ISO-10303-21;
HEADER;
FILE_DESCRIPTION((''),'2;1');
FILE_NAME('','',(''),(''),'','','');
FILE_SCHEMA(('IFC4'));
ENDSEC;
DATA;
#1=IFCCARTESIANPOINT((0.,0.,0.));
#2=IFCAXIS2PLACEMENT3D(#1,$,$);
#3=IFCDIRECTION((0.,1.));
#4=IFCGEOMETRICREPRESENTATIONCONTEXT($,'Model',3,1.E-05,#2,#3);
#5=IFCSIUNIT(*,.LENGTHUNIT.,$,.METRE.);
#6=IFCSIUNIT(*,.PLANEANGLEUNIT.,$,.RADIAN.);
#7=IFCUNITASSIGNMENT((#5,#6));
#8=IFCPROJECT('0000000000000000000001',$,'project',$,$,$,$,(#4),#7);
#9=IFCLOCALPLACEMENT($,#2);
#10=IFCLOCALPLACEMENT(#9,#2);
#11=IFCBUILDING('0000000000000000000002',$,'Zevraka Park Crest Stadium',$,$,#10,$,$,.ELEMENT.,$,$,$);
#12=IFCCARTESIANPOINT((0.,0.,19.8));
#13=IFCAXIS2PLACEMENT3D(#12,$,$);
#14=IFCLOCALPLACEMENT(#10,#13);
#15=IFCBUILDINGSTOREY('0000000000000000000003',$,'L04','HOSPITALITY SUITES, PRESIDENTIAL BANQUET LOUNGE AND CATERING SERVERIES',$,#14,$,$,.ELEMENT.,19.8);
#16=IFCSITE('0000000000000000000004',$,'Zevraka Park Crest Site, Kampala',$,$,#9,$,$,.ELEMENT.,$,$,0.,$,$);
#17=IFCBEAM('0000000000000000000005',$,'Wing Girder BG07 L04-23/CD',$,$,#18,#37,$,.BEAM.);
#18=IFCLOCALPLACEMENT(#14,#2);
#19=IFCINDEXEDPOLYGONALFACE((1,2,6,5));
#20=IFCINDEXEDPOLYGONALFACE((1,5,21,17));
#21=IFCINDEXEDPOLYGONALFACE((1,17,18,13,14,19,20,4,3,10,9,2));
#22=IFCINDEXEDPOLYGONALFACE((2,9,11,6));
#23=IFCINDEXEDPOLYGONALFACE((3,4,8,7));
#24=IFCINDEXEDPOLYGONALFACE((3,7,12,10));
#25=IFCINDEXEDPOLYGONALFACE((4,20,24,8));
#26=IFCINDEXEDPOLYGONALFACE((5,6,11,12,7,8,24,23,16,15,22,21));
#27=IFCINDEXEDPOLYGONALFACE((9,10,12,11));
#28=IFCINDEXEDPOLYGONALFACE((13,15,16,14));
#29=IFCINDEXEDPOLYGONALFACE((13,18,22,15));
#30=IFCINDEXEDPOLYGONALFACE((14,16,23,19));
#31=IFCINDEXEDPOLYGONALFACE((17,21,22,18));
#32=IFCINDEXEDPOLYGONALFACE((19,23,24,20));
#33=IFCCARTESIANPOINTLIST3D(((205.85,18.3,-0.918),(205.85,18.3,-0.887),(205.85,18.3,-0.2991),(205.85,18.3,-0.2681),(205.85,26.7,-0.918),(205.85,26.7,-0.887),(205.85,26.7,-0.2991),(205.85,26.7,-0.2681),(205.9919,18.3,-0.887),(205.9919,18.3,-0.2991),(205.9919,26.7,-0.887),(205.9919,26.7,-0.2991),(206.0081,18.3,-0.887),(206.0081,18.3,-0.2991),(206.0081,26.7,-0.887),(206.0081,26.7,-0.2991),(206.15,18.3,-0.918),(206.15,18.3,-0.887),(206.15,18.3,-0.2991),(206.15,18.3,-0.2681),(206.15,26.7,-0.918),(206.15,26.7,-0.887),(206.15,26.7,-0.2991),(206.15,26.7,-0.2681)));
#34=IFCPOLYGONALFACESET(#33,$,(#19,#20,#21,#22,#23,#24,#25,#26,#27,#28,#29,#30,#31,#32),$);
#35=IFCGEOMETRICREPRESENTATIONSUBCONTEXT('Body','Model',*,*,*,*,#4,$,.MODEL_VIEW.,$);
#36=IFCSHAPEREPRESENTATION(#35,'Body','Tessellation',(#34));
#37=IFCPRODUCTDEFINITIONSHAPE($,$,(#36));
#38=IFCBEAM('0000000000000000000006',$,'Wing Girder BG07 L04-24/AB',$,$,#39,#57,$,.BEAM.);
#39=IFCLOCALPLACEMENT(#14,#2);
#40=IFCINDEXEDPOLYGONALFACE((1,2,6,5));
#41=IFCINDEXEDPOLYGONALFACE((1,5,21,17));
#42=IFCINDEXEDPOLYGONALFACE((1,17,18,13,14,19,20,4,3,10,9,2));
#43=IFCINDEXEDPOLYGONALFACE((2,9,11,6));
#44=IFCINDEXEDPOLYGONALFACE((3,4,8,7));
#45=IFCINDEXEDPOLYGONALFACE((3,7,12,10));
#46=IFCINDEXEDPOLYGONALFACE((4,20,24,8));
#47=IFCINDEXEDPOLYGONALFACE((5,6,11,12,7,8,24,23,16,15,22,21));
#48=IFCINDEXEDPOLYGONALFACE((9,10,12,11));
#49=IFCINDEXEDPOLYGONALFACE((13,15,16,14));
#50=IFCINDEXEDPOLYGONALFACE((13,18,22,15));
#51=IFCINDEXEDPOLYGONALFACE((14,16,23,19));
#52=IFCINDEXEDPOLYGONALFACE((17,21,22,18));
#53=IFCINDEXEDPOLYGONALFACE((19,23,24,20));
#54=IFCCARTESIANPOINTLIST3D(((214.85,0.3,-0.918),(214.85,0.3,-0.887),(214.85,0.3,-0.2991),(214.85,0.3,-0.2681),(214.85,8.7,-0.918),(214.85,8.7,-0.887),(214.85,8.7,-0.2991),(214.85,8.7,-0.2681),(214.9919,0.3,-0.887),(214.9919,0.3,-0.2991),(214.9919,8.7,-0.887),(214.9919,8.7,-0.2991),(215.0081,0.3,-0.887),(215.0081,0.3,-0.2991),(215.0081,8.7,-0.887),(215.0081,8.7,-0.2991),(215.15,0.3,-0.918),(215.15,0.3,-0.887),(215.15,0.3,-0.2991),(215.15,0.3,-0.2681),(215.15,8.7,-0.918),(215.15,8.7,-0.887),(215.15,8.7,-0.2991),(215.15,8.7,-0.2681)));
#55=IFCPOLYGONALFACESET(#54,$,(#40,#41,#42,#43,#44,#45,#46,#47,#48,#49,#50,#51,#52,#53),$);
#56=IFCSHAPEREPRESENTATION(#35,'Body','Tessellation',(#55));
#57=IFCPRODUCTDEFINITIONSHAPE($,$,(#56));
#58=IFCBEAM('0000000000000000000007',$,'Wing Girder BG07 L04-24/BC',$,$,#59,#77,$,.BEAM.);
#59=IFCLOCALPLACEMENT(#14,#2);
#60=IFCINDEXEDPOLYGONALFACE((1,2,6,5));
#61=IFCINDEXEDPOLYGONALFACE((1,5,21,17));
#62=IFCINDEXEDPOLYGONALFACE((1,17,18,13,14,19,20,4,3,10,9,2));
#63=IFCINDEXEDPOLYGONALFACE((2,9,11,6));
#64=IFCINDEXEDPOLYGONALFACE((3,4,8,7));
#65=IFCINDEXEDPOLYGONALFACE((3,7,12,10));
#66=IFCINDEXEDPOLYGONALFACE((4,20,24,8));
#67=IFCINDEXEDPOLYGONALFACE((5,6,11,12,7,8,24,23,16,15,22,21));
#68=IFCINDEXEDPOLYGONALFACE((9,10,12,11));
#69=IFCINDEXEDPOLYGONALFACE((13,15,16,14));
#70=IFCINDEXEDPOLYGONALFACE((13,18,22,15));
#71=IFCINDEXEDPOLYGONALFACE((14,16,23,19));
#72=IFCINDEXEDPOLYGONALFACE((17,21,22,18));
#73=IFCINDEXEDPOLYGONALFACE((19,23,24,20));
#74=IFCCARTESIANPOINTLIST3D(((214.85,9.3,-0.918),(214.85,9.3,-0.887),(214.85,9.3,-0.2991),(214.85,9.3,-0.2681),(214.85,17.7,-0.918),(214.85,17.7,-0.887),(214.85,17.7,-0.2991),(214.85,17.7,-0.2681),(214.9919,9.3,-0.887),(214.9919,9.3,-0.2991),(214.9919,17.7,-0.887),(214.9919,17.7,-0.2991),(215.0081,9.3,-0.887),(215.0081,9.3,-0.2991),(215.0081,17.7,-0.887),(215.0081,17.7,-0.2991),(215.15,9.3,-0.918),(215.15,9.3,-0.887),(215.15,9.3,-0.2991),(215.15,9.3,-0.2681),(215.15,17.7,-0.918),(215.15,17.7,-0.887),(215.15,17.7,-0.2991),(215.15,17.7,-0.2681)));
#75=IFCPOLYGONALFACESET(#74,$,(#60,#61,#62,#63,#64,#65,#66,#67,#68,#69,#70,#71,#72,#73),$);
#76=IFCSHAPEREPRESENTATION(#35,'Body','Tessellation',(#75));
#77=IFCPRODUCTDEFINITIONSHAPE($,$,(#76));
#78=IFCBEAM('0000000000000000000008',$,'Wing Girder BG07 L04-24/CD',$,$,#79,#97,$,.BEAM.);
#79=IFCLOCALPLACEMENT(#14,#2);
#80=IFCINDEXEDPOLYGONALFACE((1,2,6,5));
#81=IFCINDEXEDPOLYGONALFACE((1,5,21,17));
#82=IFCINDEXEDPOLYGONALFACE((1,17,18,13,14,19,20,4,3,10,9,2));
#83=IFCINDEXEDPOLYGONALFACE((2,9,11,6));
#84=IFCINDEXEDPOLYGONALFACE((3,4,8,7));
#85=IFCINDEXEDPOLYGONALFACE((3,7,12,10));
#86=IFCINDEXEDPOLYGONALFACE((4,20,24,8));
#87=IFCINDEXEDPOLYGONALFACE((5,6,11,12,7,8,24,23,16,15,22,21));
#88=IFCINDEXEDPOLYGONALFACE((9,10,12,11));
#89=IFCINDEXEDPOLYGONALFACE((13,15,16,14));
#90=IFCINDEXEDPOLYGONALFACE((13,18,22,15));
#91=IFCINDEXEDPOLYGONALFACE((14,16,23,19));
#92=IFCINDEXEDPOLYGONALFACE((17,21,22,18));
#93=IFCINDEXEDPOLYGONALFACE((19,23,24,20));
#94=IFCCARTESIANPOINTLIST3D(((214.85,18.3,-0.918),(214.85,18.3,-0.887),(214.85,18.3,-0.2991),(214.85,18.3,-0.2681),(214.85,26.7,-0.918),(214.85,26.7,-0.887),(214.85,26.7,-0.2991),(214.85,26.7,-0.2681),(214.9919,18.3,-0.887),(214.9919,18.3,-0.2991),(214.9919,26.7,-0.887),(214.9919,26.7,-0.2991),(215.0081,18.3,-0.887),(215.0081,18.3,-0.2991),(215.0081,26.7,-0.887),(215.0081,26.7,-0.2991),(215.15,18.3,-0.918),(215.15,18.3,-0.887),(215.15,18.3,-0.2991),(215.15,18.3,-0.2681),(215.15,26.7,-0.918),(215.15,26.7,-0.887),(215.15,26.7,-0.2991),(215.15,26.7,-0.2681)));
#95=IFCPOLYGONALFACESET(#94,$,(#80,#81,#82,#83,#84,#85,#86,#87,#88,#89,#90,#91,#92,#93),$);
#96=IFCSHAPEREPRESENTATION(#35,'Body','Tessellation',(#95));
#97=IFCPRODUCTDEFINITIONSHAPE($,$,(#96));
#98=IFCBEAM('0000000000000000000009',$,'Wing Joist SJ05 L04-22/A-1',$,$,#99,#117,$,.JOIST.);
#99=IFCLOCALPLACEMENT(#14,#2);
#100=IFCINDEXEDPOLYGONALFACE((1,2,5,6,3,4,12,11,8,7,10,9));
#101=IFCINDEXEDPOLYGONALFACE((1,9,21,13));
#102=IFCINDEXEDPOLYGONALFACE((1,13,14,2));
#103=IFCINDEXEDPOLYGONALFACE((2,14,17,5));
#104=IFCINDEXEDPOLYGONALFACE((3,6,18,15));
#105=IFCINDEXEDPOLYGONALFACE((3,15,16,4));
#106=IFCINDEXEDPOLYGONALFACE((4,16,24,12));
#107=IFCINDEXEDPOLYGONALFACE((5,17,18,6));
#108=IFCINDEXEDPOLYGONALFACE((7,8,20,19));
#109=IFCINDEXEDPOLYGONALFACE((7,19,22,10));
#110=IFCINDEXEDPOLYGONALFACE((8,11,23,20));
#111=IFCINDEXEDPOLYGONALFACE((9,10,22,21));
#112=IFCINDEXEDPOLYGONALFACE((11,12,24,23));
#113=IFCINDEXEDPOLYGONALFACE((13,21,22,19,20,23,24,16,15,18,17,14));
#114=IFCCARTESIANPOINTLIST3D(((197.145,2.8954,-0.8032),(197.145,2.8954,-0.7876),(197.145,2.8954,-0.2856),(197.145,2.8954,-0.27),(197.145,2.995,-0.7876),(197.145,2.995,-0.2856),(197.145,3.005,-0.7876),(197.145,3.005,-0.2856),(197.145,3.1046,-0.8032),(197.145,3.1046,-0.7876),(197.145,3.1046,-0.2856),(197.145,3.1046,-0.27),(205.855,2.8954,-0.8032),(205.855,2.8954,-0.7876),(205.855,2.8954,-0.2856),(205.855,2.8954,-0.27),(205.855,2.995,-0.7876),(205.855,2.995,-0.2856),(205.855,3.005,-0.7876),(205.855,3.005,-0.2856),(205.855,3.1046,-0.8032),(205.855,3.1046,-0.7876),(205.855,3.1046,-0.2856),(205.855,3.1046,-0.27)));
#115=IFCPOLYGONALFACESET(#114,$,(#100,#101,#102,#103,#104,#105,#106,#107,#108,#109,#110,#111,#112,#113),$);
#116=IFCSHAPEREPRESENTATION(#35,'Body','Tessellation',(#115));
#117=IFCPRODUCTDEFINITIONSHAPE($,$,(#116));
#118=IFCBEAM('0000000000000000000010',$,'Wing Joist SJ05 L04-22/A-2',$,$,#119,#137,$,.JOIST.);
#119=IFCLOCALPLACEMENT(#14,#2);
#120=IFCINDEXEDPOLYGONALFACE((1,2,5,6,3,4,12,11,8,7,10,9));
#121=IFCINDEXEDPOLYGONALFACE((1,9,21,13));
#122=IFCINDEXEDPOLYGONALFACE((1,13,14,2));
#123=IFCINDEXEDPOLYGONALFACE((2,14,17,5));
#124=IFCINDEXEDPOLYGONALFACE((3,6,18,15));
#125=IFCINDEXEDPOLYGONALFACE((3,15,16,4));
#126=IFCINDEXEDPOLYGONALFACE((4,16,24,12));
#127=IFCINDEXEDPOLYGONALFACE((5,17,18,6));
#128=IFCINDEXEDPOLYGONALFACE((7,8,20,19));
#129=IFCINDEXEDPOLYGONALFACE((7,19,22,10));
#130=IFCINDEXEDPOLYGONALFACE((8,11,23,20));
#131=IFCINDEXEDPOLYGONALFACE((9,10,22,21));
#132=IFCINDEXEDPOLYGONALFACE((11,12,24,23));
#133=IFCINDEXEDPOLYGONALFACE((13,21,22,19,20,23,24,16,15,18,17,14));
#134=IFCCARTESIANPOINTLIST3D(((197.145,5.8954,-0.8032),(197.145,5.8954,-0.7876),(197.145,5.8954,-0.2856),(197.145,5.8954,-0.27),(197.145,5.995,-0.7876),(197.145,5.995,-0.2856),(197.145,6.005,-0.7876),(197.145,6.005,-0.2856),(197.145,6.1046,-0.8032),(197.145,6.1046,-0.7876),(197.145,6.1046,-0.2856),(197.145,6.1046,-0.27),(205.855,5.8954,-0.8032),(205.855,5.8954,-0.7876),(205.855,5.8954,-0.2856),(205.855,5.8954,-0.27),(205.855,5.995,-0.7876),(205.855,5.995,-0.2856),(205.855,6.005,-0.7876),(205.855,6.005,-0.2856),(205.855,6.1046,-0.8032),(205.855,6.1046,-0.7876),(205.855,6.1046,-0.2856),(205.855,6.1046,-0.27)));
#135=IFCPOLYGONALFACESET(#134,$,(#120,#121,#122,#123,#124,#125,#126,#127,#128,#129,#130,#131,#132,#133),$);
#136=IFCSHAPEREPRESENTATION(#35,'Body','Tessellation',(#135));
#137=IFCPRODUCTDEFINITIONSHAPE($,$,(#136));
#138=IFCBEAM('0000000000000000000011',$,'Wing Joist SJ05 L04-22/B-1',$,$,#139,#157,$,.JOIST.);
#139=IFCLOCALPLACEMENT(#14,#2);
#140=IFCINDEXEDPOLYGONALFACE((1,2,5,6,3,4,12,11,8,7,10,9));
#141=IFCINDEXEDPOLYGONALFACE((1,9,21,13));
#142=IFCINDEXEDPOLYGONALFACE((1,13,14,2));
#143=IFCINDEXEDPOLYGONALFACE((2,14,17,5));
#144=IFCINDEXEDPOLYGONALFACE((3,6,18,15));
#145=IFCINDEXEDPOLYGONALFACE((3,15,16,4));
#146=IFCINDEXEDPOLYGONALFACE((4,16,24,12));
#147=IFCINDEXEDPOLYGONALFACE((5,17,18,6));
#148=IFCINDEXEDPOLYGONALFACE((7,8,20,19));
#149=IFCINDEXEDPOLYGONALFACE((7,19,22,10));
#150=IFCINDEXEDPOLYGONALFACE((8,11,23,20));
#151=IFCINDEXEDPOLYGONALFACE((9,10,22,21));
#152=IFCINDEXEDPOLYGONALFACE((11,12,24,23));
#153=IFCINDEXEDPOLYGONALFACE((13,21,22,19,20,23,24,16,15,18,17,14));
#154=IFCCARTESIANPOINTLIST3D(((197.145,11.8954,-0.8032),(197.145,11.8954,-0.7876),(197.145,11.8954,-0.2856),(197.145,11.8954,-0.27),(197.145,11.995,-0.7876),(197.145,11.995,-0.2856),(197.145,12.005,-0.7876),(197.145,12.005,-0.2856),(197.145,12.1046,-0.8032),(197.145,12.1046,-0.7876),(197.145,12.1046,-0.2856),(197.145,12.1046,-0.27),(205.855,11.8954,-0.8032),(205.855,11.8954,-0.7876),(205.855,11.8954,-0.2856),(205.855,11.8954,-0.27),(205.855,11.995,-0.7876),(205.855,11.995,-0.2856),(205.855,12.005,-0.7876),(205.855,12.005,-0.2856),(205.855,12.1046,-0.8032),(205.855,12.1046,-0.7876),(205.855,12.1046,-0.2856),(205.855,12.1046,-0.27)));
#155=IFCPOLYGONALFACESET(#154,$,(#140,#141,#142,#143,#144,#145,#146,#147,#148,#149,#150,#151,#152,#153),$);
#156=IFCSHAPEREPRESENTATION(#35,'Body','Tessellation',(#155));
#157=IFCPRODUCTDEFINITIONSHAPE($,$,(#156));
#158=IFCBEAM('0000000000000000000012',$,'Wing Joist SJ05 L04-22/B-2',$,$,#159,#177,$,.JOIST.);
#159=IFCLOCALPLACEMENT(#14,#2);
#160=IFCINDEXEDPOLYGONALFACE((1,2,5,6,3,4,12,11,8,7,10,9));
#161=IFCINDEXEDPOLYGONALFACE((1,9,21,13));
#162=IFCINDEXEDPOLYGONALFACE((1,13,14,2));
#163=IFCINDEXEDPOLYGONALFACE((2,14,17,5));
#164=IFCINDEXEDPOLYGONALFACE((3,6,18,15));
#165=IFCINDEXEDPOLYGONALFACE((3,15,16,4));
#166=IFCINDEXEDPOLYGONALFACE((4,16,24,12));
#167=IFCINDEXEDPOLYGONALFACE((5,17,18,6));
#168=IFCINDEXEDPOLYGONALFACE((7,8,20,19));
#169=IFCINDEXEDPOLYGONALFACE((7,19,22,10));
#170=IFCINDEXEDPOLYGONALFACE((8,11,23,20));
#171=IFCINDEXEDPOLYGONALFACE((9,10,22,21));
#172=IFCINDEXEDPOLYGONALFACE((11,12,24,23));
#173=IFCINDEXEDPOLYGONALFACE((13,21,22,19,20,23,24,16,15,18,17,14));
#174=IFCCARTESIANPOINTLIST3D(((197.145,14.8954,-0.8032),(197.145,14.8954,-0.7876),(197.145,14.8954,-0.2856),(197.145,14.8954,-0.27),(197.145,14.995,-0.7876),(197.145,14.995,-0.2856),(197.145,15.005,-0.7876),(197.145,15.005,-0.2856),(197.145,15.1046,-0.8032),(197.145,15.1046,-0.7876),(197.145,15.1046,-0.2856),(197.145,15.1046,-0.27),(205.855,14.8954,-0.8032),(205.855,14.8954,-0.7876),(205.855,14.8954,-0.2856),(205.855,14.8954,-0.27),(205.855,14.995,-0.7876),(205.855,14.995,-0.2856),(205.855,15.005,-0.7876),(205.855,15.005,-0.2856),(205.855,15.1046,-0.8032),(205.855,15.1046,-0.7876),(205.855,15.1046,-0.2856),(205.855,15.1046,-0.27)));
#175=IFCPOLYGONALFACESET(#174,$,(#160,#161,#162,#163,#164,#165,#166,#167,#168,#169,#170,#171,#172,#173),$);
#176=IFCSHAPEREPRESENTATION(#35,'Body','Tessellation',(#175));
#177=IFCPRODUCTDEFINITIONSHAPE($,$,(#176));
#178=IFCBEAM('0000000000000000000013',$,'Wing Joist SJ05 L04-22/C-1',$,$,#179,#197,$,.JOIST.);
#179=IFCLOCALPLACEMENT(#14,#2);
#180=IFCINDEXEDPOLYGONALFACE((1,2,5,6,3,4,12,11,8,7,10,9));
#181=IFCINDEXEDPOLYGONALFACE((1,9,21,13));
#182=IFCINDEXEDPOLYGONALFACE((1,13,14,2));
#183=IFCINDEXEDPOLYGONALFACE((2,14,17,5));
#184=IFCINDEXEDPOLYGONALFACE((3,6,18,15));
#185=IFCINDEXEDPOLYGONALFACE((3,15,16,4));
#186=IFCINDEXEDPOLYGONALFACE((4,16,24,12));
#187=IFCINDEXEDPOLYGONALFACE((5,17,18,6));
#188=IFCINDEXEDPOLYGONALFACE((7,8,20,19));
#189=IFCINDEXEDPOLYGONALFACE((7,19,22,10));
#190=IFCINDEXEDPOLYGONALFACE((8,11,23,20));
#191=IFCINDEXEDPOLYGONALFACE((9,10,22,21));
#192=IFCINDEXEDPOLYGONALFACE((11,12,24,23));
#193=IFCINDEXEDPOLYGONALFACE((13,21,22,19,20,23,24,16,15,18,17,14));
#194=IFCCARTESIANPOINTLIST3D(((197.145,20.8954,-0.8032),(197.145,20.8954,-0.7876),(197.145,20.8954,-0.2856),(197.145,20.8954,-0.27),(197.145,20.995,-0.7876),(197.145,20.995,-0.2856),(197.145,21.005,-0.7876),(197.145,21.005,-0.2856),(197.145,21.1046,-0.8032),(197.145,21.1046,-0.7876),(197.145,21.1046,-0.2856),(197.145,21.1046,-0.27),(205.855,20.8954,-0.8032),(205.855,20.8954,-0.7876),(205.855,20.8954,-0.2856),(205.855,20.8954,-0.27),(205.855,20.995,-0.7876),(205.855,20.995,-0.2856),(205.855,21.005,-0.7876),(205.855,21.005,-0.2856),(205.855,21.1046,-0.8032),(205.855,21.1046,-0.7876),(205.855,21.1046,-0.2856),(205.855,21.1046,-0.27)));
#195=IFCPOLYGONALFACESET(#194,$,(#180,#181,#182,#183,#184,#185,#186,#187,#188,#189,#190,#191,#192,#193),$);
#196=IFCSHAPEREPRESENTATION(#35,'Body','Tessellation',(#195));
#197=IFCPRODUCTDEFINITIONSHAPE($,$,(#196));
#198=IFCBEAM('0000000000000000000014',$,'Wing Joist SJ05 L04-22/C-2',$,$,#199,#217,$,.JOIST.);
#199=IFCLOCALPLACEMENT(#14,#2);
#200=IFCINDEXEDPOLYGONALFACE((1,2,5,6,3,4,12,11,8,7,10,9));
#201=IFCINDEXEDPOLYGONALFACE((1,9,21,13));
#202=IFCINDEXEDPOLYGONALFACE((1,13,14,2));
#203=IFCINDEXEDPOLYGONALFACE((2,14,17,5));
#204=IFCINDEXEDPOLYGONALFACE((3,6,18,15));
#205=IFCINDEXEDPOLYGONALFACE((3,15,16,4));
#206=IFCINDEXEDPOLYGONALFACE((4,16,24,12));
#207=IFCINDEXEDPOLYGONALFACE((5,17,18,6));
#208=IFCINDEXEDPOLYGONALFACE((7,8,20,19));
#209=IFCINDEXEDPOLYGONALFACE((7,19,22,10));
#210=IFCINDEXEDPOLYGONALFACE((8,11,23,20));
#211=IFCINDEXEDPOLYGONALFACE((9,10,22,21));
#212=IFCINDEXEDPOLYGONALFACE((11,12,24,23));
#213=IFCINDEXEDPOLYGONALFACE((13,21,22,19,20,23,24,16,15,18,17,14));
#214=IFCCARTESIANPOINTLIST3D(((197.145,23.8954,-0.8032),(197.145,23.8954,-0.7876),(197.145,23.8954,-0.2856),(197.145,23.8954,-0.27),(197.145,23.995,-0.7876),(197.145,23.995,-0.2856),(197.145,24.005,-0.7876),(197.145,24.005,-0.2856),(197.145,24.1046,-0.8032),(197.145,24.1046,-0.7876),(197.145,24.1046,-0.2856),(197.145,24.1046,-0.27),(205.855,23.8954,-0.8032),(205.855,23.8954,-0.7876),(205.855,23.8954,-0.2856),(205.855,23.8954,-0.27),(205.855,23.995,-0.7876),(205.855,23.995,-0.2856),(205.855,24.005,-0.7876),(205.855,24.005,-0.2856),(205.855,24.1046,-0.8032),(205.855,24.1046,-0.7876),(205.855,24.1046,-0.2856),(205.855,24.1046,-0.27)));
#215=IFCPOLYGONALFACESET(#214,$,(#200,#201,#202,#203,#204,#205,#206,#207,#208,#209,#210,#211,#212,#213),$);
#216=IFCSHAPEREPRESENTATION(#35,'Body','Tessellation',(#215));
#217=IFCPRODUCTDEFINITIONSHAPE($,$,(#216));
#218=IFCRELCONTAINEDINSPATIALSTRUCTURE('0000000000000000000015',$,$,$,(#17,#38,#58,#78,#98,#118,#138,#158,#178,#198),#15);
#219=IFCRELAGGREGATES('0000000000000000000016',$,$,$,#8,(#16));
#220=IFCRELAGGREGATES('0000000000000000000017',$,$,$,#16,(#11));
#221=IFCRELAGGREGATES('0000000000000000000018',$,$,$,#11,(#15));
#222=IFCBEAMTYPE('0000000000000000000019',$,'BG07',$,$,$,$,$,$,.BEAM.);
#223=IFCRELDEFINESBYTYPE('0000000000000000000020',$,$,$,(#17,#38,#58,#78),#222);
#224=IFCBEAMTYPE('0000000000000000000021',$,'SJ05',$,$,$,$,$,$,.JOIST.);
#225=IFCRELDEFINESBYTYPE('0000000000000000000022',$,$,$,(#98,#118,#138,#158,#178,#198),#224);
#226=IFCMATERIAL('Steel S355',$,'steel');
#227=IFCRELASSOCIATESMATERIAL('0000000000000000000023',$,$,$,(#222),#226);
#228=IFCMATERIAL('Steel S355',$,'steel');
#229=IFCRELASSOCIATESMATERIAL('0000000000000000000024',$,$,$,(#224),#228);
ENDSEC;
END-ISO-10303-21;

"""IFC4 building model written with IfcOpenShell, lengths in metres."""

from ifc_helpers import new_model, si_unit, direction, frame, origin, origin_2d, place, context, subcontext, project, spatial, i_section, extrude, material, material_profile, profile_set, type_object, element, save


model = new_model("IFC4")

# Units and contexts
model_context = context("Model", 3, precision=1e-05, world=origin(), true_north=direction((0.0, 1.0)))
body_context = subcontext(model_context, "Body", "Model", "MODEL_VIEW")
ifc_project = project(units=[si_unit("LENGTHUNIT", "METRE"), si_unit("PLANEANGLEUNIT", "RADIAN")], contexts=[model_context])

# Site, building, storey
site_placement = place(None, origin())
site = spatial("IfcSite", under=ifc_project, at=site_placement, Name="Zevraka Park Crest Site, Kampala", CompositionType="ELEMENT", RefElevation=0.0)
building_placement = place(site_placement, origin())
building = spatial("IfcBuilding", under=site, at=building_placement, Name="Zevraka Park Crest Stadium", CompositionType="ELEMENT")
storey_placement = place(building_placement, frame((0.0, 0.0, 19.8)))
storey = spatial("IfcBuildingStorey", under=building, at=storey_placement, Name="L04", Description="HOSPITALITY SUITES, PRESIDENTIAL BANQUET LOUNGE AND CATERING SERVERIES", CompositionType="ELEMENT", Elevation=19.8)

# Beams
ifc_material_1 = material(Name="Steel S355", Category="steel")
ifc_material_profile_1 = material_profile(ifc_material_1, i_section(OverallWidth=0.3, OverallDepth=0.6499, WebThickness=0.0161, FlangeThickness=0.031, at=origin_2d()), Name="HEB 650")
ifc_profile_set_1 = profile_set([ifc_material_profile_1], Name="Steel S355")
beam_type_1 = type_object("IfcBeamType", Name="BG07", PredefinedType="BEAM", material=ifc_profile_set_1)
for number, where, z_axis, x_axis, name in (
    (1, (206.0, 18.3, -0.593), (0.0, 1.0, 0.0), (-1.0, 0.0, 0.0), "Wing Girder BG07 L04-23/CD"),
    (2, (215.0, 0.3, -0.593), (0.0, 1.0, 0.0), (-1.0, 0.0, 0.0), "Wing Girder BG07 L04-24/AB"),
    (3, (215.0, 9.3, -0.593), (0.0, 1.0, 0.0), (-1.0, 0.0, 0.0), "Wing Girder BG07 L04-24/BC"),
    (4, (215.0, 18.3, -0.593), (0.0, 1.0, 0.0), (-1.0, 0.0, 0.0), "Wing Girder BG07 L04-24/CD"),
):
    element("IfcBeam", number, at=place(storey_placement, frame(where, z_axis=z_axis, x_axis=x_axis)), inside=storey, type_object=beam_type_1, Name=name, PredefinedType="BEAM", context=body_context, shape_type="SweptSolid", body=[
        extrude(i_section(OverallWidth=0.3, OverallDepth=0.6499, WebThickness=0.0161, FlangeThickness=0.031, at=origin_2d()), origin(), (0.0, 0.0, 1.0), 8.3999),
    ])
ifc_material_2 = material(Name="Steel S355", Category="steel")
ifc_material_profile_2 = material_profile(ifc_material_2, i_section(OverallWidth=0.2092, OverallDepth=0.5332, WebThickness=0.01, FlangeThickness=0.0156, at=origin_2d()), Name="UKB 533x210x92")
ifc_profile_set_2 = profile_set([ifc_material_profile_2], Name="Steel S355")
beam_type_2 = type_object("IfcBeamType", Name="SJ05", PredefinedType="JOIST", material=ifc_profile_set_2)
for number, where, z_axis, x_axis, name in (
    (5, (197.145, 3.0, -0.5366), (1.0, 0.0, 0.0), (0.0, 1.0, 0.0), "Wing Joist SJ05 L04-22/A-1"),
    (6, (197.145, 6.0, -0.5366), (1.0, 0.0, 0.0), (0.0, 1.0, 0.0), "Wing Joist SJ05 L04-22/A-2"),
    (7, (197.145, 12.0, -0.5366), (1.0, 0.0, 0.0), (0.0, 1.0, 0.0), "Wing Joist SJ05 L04-22/B-1"),
    (8, (197.145, 15.0, -0.5366), (1.0, 0.0, 0.0), (0.0, 1.0, 0.0), "Wing Joist SJ05 L04-22/B-2"),
    (9, (197.145, 21.0, -0.5366), (1.0, 0.0, 0.0), (0.0, 1.0, 0.0), "Wing Joist SJ05 L04-22/C-1"),
    (10, (197.145, 24.0, -0.5366), (1.0, 0.0, 0.0), (0.0, 1.0, 0.0), "Wing Joist SJ05 L04-22/C-2"),
):
    element("IfcBeam", number, at=place(storey_placement, frame(where, z_axis=z_axis, x_axis=x_axis)), inside=storey, type_object=beam_type_2, Name=name, PredefinedType="JOIST", context=body_context, shape_type="SweptSolid", body=[
        extrude(i_section(OverallWidth=0.2092, OverallDepth=0.5332, WebThickness=0.01, FlangeThickness=0.0156, at=origin_2d()), origin(), (0.0, 0.0, 1.0), 8.71),
    ])

save(model, "model.ifc")
